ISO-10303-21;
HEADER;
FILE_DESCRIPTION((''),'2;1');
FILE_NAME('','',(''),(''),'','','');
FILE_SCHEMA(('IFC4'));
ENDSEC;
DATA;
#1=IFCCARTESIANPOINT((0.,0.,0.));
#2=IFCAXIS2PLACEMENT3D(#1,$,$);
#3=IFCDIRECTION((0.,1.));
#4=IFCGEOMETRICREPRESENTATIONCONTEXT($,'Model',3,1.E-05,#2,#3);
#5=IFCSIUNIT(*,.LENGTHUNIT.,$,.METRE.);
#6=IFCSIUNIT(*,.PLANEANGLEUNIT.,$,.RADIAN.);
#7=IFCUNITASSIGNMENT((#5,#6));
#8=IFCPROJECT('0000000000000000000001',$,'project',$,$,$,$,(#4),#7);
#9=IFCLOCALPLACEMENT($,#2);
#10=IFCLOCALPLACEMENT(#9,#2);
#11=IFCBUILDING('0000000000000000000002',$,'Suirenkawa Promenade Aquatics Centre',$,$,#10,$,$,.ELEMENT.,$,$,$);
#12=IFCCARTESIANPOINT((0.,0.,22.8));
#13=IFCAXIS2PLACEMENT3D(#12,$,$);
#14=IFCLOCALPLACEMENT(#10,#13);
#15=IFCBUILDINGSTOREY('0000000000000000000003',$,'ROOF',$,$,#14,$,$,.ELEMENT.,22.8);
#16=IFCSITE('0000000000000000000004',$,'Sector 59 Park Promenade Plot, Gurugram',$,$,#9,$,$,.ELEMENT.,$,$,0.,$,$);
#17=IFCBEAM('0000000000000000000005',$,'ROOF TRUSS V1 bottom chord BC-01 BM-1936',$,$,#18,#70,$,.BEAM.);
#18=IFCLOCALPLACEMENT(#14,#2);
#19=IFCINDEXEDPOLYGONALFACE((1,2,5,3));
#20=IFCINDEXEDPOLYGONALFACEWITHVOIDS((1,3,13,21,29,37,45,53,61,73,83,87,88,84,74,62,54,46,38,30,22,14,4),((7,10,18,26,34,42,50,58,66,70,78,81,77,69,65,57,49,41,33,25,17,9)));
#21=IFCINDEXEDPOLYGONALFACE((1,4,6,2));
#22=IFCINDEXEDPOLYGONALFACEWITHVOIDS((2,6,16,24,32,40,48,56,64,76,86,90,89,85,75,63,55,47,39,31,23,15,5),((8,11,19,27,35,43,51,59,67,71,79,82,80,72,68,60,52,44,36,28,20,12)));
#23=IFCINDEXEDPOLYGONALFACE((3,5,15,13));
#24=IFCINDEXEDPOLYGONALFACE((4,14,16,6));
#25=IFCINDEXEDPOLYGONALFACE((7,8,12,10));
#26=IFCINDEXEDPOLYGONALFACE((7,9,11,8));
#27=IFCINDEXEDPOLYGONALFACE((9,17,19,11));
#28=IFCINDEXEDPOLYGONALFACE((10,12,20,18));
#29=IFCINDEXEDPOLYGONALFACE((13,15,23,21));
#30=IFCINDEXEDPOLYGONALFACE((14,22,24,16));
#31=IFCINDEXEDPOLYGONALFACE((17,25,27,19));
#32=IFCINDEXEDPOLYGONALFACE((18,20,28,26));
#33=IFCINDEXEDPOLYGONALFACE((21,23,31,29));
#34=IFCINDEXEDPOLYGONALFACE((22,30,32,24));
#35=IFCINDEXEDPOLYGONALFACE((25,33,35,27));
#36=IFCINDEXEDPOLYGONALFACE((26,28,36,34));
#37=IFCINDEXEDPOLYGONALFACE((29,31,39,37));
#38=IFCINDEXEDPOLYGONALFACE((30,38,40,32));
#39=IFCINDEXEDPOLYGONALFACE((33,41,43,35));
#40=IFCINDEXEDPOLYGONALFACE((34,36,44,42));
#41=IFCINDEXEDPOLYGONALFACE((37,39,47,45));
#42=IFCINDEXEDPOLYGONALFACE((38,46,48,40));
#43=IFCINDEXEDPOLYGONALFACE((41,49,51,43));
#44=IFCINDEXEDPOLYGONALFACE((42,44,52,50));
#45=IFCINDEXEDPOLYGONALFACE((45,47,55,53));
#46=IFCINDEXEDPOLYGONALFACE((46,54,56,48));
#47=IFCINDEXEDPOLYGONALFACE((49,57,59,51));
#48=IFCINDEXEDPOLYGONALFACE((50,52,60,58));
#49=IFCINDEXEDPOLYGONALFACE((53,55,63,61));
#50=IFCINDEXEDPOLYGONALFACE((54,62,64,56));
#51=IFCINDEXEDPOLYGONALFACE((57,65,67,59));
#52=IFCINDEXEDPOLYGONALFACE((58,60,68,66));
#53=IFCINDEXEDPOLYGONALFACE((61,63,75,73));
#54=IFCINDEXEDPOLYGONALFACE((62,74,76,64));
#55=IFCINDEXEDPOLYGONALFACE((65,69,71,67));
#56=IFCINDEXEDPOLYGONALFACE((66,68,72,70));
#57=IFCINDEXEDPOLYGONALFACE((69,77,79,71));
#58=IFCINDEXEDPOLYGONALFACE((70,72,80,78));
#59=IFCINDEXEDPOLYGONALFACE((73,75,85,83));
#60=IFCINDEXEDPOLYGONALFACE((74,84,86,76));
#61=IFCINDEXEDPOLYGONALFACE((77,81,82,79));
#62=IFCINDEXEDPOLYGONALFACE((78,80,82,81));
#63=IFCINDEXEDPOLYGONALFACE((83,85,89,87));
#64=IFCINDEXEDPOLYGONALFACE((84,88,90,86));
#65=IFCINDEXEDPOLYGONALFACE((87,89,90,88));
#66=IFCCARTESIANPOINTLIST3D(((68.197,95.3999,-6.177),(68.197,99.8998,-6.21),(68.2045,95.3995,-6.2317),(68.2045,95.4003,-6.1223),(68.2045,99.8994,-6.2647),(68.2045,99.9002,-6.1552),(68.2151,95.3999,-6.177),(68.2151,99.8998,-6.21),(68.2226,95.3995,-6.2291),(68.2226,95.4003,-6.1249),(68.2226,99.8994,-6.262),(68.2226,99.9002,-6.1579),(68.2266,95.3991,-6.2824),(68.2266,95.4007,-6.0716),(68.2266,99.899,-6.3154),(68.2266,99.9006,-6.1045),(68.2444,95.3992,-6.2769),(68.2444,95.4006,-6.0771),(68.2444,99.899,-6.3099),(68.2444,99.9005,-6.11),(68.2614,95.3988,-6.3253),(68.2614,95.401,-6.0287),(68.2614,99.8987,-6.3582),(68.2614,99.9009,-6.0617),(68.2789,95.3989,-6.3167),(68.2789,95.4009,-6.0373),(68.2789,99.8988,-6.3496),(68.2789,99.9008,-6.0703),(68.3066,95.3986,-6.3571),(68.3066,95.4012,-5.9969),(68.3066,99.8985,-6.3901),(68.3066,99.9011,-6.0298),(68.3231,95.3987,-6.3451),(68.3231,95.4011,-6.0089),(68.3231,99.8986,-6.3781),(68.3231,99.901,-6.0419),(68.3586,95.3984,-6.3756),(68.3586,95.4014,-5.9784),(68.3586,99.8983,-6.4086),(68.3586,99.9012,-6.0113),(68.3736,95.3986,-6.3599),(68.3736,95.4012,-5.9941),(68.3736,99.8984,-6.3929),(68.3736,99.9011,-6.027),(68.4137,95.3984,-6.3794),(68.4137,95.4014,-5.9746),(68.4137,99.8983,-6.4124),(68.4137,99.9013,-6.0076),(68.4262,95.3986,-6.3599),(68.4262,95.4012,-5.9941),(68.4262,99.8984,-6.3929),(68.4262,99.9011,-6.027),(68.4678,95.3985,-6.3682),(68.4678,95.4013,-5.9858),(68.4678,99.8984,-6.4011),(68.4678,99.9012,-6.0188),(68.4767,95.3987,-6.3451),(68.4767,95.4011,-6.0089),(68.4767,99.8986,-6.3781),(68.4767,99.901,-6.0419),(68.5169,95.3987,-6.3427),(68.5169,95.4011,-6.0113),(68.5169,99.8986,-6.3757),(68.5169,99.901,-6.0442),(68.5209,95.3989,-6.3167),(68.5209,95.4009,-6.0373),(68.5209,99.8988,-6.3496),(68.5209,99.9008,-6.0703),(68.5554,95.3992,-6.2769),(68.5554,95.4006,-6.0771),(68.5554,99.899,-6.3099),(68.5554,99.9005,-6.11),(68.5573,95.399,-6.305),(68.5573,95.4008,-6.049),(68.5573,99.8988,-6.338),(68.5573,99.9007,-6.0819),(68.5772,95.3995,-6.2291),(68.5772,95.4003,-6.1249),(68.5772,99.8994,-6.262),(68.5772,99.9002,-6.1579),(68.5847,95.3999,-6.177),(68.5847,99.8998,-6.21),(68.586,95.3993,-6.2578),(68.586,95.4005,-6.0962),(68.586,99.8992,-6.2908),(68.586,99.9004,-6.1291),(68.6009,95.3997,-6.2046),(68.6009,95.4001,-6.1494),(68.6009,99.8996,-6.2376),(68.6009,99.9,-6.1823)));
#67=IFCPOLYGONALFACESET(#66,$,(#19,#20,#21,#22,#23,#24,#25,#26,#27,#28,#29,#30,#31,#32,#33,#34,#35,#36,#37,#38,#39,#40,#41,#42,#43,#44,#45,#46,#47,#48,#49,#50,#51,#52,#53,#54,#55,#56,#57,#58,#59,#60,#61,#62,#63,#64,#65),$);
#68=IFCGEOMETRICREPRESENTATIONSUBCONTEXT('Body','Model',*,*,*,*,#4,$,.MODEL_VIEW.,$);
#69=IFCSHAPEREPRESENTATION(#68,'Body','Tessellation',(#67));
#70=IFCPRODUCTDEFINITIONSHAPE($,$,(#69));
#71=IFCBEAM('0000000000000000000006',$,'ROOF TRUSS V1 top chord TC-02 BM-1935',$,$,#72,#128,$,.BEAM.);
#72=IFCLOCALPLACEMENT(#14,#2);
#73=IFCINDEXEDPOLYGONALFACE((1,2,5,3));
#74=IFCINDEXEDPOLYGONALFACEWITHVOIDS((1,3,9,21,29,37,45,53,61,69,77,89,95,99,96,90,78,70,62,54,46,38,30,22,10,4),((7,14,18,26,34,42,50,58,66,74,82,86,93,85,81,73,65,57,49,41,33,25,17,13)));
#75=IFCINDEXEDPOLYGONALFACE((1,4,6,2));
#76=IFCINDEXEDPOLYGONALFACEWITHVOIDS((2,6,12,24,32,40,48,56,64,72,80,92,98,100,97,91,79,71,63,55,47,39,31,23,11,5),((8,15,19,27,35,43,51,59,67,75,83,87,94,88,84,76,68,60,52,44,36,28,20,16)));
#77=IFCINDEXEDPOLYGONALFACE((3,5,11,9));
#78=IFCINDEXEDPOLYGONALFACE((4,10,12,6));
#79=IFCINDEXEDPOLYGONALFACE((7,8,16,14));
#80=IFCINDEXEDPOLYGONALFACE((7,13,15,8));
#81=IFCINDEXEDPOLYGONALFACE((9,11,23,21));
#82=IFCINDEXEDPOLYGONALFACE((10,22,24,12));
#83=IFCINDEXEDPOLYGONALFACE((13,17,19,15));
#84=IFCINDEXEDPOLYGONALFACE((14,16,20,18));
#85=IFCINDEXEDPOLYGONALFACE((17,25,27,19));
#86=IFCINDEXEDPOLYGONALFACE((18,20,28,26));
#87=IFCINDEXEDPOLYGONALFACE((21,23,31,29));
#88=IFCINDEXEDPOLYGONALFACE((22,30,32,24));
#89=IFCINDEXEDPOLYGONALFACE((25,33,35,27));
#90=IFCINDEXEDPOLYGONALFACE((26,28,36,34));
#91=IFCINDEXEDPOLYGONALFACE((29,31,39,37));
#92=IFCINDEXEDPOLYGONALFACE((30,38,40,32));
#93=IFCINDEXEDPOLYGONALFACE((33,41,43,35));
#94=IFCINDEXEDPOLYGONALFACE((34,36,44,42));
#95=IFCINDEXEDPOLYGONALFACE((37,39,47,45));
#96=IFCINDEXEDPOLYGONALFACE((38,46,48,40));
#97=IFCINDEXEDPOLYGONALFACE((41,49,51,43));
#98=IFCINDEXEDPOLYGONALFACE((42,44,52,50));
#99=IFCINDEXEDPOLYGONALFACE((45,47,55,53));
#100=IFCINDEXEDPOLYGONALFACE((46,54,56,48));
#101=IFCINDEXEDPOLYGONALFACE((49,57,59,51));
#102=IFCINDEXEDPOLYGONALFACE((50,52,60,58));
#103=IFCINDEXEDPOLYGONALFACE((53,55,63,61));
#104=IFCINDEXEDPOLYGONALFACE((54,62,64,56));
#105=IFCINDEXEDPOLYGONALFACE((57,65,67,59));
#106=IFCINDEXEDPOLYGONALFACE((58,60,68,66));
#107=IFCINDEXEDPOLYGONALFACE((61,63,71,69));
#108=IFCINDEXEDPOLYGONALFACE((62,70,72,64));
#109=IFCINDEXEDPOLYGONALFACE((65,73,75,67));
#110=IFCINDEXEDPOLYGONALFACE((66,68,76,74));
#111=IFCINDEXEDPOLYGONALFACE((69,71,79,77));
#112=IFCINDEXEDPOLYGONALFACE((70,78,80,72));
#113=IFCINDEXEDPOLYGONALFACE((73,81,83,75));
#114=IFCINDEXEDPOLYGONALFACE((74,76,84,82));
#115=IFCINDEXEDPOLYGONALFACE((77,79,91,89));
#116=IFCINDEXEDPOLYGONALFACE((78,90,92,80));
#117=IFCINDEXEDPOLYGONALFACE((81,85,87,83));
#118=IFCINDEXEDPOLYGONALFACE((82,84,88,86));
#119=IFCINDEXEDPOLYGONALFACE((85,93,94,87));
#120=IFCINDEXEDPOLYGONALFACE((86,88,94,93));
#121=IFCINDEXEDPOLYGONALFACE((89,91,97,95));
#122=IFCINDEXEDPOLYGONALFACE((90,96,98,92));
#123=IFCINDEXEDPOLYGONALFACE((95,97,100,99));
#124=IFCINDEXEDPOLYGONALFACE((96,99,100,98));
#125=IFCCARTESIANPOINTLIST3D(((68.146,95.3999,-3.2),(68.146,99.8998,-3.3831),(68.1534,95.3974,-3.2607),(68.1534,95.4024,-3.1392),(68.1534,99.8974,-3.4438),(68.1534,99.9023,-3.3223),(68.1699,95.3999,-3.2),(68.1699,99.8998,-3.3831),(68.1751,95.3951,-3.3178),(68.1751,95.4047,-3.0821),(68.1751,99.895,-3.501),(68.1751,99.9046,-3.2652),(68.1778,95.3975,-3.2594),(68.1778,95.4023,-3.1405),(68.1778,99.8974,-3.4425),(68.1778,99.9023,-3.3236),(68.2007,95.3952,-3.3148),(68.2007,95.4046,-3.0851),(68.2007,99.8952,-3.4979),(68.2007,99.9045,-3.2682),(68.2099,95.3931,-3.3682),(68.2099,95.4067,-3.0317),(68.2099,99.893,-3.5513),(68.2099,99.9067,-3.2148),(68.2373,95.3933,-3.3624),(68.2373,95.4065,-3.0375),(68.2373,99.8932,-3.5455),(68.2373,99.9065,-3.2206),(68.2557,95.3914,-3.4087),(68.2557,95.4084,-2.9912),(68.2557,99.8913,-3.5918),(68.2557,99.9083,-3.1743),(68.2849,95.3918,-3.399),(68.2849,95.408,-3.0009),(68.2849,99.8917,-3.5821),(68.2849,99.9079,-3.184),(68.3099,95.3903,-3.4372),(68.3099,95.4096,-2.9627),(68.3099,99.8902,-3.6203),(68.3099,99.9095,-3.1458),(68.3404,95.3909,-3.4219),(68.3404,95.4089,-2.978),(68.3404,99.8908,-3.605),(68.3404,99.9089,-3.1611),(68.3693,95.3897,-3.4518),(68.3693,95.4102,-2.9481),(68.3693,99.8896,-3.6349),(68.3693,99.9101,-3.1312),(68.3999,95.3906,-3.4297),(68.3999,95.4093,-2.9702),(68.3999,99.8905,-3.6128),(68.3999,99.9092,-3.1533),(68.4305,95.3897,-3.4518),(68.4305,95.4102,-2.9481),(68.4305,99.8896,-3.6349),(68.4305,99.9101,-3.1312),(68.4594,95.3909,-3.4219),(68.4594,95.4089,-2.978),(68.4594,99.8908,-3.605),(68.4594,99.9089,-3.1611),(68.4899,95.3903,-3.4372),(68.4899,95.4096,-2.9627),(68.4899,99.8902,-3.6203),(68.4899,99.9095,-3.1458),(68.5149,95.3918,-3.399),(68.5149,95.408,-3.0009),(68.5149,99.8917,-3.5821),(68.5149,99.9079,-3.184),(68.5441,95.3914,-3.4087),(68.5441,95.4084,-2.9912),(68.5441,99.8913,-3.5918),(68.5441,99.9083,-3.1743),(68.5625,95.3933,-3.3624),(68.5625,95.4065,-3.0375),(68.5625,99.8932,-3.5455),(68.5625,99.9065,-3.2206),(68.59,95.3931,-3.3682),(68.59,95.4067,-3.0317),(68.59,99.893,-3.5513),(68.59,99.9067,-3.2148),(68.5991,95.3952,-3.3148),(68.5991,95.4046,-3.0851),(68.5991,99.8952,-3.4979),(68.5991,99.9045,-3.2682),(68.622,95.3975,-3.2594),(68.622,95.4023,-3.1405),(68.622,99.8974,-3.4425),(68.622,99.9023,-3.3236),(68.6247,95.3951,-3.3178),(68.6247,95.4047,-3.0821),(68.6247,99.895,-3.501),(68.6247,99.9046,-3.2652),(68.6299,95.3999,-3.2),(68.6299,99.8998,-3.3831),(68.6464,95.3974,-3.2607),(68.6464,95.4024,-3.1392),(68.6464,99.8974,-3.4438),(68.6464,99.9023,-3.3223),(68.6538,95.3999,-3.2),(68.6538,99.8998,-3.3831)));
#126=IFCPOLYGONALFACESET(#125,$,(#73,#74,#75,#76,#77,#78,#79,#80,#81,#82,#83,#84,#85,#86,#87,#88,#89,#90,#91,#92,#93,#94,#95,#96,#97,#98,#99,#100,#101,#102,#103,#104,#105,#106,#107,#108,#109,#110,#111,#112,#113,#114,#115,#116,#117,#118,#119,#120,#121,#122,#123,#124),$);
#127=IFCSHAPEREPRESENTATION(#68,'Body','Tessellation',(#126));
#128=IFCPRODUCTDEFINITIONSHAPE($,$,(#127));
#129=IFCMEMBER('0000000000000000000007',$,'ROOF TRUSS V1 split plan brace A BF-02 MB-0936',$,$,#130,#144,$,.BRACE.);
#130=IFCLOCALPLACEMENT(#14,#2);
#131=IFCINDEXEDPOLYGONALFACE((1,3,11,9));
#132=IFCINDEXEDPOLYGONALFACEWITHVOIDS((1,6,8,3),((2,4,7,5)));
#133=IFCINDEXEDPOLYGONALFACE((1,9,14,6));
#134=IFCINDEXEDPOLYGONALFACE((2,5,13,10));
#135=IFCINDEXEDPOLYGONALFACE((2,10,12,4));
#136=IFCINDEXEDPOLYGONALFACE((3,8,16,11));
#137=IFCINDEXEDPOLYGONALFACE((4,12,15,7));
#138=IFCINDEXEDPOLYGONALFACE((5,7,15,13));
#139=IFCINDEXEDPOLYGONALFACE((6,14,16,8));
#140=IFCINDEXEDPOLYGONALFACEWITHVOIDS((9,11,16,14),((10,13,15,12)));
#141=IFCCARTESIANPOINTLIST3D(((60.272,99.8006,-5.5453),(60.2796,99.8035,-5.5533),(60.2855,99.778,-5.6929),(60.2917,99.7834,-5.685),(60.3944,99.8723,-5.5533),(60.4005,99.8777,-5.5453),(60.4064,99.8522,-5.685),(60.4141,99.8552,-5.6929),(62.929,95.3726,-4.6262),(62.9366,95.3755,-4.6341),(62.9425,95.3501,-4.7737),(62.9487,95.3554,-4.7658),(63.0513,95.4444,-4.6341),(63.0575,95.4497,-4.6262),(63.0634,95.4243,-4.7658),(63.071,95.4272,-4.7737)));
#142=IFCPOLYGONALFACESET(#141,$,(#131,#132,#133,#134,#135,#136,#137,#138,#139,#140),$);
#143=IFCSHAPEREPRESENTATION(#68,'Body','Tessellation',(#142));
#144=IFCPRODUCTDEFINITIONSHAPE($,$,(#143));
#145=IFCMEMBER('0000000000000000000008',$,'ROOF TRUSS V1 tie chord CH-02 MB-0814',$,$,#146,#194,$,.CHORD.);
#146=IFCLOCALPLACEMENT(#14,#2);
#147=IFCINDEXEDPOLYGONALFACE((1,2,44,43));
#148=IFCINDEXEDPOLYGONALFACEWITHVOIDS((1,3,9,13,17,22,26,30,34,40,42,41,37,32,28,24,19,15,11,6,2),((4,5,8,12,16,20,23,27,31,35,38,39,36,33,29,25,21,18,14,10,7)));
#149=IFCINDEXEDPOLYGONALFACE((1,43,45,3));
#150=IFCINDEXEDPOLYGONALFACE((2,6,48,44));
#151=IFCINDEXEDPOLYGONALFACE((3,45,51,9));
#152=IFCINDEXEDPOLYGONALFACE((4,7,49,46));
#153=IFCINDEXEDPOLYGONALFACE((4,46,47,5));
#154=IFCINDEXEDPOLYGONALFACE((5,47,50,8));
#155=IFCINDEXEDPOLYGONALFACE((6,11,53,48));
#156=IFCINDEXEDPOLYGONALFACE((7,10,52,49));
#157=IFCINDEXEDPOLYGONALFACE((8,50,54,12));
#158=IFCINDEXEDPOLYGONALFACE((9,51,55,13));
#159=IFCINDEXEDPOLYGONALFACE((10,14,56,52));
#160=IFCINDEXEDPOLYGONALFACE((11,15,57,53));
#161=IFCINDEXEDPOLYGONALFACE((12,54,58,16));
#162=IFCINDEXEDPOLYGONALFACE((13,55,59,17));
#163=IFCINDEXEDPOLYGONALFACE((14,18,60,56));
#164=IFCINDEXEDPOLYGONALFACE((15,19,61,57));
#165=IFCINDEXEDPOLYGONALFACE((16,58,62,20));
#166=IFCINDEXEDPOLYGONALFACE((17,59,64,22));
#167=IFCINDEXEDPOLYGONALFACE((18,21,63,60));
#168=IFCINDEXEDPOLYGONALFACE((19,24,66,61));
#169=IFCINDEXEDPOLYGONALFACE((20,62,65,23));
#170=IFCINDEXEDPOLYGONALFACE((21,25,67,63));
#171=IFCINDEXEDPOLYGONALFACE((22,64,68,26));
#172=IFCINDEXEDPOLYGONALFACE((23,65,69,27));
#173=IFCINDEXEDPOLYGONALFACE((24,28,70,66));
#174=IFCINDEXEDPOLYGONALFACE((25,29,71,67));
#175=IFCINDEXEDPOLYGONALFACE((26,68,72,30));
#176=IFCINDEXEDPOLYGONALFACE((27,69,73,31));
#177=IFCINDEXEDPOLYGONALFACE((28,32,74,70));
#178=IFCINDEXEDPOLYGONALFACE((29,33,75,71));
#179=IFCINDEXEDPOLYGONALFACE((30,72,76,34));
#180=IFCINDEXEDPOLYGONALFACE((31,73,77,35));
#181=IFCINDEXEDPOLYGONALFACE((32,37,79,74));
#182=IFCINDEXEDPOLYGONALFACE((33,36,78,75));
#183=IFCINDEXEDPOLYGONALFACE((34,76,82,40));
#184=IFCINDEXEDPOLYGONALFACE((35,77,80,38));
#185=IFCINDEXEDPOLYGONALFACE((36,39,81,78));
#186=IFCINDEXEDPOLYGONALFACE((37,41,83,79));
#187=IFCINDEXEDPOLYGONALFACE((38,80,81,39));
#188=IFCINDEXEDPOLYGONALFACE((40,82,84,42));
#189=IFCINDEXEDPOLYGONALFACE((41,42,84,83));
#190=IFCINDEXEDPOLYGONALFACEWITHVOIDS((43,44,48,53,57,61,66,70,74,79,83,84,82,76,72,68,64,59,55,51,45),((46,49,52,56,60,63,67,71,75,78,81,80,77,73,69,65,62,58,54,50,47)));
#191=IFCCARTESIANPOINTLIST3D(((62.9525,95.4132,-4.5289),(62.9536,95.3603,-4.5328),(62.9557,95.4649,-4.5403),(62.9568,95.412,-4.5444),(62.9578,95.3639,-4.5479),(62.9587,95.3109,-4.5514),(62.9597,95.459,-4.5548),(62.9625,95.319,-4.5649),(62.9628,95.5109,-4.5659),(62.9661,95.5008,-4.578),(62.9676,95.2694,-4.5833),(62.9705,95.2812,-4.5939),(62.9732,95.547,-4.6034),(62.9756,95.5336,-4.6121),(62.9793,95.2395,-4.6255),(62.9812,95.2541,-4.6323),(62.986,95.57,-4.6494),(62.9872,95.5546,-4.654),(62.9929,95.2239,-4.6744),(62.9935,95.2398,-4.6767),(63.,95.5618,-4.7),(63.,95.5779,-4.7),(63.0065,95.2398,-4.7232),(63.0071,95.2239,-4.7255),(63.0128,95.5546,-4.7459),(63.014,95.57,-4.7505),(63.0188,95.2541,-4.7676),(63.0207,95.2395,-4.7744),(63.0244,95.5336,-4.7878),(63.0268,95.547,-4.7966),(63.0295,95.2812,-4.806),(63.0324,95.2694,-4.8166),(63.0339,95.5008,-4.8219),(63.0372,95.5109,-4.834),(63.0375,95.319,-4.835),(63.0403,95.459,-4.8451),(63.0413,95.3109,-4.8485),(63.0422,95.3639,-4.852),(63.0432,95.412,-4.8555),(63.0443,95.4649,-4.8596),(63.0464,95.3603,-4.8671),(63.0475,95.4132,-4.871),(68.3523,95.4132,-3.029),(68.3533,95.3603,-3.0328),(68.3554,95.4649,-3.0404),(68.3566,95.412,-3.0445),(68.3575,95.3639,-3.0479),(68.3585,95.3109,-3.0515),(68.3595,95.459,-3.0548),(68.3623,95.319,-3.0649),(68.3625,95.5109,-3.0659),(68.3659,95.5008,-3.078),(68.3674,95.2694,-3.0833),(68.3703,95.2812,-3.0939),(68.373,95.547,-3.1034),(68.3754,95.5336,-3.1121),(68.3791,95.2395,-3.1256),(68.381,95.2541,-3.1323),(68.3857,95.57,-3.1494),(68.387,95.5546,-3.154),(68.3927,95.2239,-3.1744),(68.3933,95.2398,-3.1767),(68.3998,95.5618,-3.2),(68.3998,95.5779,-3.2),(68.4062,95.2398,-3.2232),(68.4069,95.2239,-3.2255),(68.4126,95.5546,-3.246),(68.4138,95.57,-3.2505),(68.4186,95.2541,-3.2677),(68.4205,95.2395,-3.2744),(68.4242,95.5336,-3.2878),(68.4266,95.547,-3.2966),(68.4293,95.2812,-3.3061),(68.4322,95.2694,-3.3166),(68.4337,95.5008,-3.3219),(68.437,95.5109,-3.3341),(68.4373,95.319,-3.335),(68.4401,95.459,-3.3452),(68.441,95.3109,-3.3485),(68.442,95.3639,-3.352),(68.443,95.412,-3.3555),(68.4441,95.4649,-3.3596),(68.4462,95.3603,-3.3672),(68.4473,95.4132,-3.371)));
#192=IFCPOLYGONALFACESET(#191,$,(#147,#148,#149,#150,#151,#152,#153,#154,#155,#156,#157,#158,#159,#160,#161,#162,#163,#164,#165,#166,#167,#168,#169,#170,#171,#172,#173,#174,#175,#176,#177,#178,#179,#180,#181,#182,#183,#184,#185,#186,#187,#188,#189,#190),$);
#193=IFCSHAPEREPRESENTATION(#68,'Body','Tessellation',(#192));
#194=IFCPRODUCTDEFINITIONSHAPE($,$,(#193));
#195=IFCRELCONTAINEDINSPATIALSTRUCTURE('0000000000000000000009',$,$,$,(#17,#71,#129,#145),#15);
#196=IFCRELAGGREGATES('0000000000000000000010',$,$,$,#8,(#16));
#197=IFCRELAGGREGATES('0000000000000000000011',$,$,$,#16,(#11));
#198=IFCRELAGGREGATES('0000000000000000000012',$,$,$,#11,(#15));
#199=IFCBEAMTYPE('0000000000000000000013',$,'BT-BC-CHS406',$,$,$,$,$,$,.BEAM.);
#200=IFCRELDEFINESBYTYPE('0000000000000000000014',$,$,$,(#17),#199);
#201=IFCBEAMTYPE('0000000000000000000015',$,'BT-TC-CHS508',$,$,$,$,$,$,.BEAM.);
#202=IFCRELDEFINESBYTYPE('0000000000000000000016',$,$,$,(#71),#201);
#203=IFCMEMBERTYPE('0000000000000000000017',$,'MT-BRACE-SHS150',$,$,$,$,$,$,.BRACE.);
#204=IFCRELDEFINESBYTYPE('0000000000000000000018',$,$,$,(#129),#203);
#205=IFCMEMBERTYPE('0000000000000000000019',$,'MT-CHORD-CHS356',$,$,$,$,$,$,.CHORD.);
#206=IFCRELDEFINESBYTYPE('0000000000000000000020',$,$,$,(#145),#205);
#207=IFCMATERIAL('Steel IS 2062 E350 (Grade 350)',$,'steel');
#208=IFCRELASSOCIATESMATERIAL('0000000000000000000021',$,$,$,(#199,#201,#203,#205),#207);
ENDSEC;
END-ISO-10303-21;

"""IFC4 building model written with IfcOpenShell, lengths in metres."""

from ifc_helpers import new_model, si_unit, direction, frame, origin, origin_2d, place, context, subcontext, project, spatial, hollow_rectangle, hollow_circle, extrude, material, material_profile, profile_set, type_object, element, save


model = new_model("IFC4")

# Units and contexts
model_context = context("Model", 3, precision=1e-05, world=origin(), true_north=direction((0.0, 1.0)))
body_context = subcontext(model_context, "Body", "Model", "MODEL_VIEW")
ifc_project = project(units=[si_unit("LENGTHUNIT", "METRE"), si_unit("PLANEANGLEUNIT", "RADIAN")], contexts=[model_context])

# Site, building, storey
site_placement = place(None, origin())
site = spatial("IfcSite", under=ifc_project, at=site_placement, Name="Sector 59 Park Promenade Plot, Gurugram", CompositionType="ELEMENT", RefElevation=0.0)
building_placement = place(site_placement, origin())
building = spatial("IfcBuilding", under=site, at=building_placement, Name="Suirenkawa Promenade Aquatics Centre", CompositionType="ELEMENT")
storey_placement = place(building_placement, frame((0.0, 0.0, 22.8)))
storey = spatial("IfcBuildingStorey", under=building, at=storey_placement, Name="ROOF", CompositionType="ELEMENT", Elevation=22.8)

# Beams
ifc_material_1 = material(Name="Steel IS 2062 E350 (Grade 350)", Category="steel")
ifc_material_profile_1 = material_profile(ifc_material_1, hollow_circle(Radius=0.2029, WallThickness=0.0181, at=origin_2d()), Name="CHS 406x18", Category="steel")
ifc_profile_set_1 = profile_set([ifc_material_profile_1], Name="Steel IS 2062 E350 (Grade 350)")
beam_type_1 = type_object("IfcBeamType", Name="BT-BC-CHS406", PredefinedType="BEAM", material=ifc_profile_set_1)
beam_1_placement = place(storey_placement, frame((68.3999, 95.3999, -6.177), z_axis=(0.0, 0.999973, -0.007324), x_axis=(-1.0, 0.0, 0.0)))
element("IfcBeam", 1, at=beam_1_placement, inside=storey, type_object=beam_type_1, Name="ROOF TRUSS V1 bottom chord BC-01 BM-1936", PredefinedType="BEAM", context=body_context, shape_type="SweptSolid", body=[
    extrude(hollow_circle(Radius=0.2029, WallThickness=0.0181, at=origin_2d()), origin(), (0.0, 0.0, 1.0), 4.5),
])
ifc_material_profile_2 = material_profile(ifc_material_1, hollow_circle(Radius=0.2539, WallThickness=0.0239, at=origin_2d()), Name="CHS 508x24", Category="steel")
ifc_profile_set_2 = profile_set([ifc_material_profile_2], Name="Steel IS 2062 E350 (Grade 350)")
beam_type_2 = type_object("IfcBeamType", Name="BT-TC-CHS508", PredefinedType="BEAM", material=ifc_profile_set_2)
beam_2_placement = place(storey_placement, frame((68.3999, 95.3999, -3.2), z_axis=(0.0, 0.999173, -0.040656), x_axis=(-1.0, 0.0, 0.0)))
element("IfcBeam", 2, at=beam_2_placement, inside=storey, type_object=beam_type_2, Name="ROOF TRUSS V1 top chord TC-02 BM-1935", PredefinedType="BEAM", context=body_context, shape_type="SweptSolid", body=[
    extrude(hollow_circle(Radius=0.2539, WallThickness=0.0239, at=origin_2d()), origin(), (0.0, 0.0, 1.0), 4.5037),
])

# Members
ifc_material_profile_3 = material_profile(ifc_material_1, hollow_rectangle(XDim=0.1499, YDim=0.1499, WallThickness=0.0081, at=origin_2d()), Name="SHS 150x150x8", Category="steel")
ifc_profile_set_3 = profile_set([ifc_material_profile_3], Name="Steel IS 2062 E350 (Grade 350)")
member_type_1 = type_object("IfcMemberType", Name="MT-BRACE-SHS150", PredefinedType="BRACE", material=ifc_profile_set_3)
member_1_placement = place(storey_placement, frame((63.0, 95.3999, -4.7), z_axis=(-0.506561, 0.844207, -0.175246), x_axis=(-0.857476, -0.514524, 0.0)))
element("IfcMember", 3, at=member_1_placement, inside=storey, type_object=member_type_1, Name="ROOF TRUSS V1 split plan brace A BF-02 MB-0936", PredefinedType="BRACE", context=body_context, shape_type="SweptSolid", body=[
    extrude(hollow_rectangle(XDim=0.1499, YDim=0.1499, WallThickness=0.0081, at=origin_2d()), origin(), (0.0, 0.0, 1.0), 5.2451),
])
ifc_material_profile_4 = material_profile(ifc_material_1, hollow_circle(Radius=0.178, WallThickness=0.0161, at=origin_2d()), Name="CHS 356x16", Category="steel")
ifc_profile_set_4 = profile_set([ifc_material_profile_4], Name="Steel IS 2062 E350 (Grade 350)")
member_type_2 = type_object("IfcMemberType", Name="MT-CHORD-CHS356", PredefinedType="CHORD", material=ifc_profile_set_4)
member_2_placement = place(storey_placement, frame((63.0, 95.3999, -4.7), z_axis=(0.963517, 0.0, 0.267648), x_axis=(0.0, 1.0, 0.0)))
element("IfcMember", 4, at=member_2_placement, inside=storey, type_object=member_type_2, Name="ROOF TRUSS V1 tie chord CH-02 MB-0814", PredefinedType="CHORD", context=body_context, shape_type="SweptSolid", body=[
    extrude(hollow_circle(Radius=0.178, WallThickness=0.0161, at=origin_2d()), origin(), (0.0, 0.0, 1.0), 5.6042),
])

save(model, "model.ifc")
